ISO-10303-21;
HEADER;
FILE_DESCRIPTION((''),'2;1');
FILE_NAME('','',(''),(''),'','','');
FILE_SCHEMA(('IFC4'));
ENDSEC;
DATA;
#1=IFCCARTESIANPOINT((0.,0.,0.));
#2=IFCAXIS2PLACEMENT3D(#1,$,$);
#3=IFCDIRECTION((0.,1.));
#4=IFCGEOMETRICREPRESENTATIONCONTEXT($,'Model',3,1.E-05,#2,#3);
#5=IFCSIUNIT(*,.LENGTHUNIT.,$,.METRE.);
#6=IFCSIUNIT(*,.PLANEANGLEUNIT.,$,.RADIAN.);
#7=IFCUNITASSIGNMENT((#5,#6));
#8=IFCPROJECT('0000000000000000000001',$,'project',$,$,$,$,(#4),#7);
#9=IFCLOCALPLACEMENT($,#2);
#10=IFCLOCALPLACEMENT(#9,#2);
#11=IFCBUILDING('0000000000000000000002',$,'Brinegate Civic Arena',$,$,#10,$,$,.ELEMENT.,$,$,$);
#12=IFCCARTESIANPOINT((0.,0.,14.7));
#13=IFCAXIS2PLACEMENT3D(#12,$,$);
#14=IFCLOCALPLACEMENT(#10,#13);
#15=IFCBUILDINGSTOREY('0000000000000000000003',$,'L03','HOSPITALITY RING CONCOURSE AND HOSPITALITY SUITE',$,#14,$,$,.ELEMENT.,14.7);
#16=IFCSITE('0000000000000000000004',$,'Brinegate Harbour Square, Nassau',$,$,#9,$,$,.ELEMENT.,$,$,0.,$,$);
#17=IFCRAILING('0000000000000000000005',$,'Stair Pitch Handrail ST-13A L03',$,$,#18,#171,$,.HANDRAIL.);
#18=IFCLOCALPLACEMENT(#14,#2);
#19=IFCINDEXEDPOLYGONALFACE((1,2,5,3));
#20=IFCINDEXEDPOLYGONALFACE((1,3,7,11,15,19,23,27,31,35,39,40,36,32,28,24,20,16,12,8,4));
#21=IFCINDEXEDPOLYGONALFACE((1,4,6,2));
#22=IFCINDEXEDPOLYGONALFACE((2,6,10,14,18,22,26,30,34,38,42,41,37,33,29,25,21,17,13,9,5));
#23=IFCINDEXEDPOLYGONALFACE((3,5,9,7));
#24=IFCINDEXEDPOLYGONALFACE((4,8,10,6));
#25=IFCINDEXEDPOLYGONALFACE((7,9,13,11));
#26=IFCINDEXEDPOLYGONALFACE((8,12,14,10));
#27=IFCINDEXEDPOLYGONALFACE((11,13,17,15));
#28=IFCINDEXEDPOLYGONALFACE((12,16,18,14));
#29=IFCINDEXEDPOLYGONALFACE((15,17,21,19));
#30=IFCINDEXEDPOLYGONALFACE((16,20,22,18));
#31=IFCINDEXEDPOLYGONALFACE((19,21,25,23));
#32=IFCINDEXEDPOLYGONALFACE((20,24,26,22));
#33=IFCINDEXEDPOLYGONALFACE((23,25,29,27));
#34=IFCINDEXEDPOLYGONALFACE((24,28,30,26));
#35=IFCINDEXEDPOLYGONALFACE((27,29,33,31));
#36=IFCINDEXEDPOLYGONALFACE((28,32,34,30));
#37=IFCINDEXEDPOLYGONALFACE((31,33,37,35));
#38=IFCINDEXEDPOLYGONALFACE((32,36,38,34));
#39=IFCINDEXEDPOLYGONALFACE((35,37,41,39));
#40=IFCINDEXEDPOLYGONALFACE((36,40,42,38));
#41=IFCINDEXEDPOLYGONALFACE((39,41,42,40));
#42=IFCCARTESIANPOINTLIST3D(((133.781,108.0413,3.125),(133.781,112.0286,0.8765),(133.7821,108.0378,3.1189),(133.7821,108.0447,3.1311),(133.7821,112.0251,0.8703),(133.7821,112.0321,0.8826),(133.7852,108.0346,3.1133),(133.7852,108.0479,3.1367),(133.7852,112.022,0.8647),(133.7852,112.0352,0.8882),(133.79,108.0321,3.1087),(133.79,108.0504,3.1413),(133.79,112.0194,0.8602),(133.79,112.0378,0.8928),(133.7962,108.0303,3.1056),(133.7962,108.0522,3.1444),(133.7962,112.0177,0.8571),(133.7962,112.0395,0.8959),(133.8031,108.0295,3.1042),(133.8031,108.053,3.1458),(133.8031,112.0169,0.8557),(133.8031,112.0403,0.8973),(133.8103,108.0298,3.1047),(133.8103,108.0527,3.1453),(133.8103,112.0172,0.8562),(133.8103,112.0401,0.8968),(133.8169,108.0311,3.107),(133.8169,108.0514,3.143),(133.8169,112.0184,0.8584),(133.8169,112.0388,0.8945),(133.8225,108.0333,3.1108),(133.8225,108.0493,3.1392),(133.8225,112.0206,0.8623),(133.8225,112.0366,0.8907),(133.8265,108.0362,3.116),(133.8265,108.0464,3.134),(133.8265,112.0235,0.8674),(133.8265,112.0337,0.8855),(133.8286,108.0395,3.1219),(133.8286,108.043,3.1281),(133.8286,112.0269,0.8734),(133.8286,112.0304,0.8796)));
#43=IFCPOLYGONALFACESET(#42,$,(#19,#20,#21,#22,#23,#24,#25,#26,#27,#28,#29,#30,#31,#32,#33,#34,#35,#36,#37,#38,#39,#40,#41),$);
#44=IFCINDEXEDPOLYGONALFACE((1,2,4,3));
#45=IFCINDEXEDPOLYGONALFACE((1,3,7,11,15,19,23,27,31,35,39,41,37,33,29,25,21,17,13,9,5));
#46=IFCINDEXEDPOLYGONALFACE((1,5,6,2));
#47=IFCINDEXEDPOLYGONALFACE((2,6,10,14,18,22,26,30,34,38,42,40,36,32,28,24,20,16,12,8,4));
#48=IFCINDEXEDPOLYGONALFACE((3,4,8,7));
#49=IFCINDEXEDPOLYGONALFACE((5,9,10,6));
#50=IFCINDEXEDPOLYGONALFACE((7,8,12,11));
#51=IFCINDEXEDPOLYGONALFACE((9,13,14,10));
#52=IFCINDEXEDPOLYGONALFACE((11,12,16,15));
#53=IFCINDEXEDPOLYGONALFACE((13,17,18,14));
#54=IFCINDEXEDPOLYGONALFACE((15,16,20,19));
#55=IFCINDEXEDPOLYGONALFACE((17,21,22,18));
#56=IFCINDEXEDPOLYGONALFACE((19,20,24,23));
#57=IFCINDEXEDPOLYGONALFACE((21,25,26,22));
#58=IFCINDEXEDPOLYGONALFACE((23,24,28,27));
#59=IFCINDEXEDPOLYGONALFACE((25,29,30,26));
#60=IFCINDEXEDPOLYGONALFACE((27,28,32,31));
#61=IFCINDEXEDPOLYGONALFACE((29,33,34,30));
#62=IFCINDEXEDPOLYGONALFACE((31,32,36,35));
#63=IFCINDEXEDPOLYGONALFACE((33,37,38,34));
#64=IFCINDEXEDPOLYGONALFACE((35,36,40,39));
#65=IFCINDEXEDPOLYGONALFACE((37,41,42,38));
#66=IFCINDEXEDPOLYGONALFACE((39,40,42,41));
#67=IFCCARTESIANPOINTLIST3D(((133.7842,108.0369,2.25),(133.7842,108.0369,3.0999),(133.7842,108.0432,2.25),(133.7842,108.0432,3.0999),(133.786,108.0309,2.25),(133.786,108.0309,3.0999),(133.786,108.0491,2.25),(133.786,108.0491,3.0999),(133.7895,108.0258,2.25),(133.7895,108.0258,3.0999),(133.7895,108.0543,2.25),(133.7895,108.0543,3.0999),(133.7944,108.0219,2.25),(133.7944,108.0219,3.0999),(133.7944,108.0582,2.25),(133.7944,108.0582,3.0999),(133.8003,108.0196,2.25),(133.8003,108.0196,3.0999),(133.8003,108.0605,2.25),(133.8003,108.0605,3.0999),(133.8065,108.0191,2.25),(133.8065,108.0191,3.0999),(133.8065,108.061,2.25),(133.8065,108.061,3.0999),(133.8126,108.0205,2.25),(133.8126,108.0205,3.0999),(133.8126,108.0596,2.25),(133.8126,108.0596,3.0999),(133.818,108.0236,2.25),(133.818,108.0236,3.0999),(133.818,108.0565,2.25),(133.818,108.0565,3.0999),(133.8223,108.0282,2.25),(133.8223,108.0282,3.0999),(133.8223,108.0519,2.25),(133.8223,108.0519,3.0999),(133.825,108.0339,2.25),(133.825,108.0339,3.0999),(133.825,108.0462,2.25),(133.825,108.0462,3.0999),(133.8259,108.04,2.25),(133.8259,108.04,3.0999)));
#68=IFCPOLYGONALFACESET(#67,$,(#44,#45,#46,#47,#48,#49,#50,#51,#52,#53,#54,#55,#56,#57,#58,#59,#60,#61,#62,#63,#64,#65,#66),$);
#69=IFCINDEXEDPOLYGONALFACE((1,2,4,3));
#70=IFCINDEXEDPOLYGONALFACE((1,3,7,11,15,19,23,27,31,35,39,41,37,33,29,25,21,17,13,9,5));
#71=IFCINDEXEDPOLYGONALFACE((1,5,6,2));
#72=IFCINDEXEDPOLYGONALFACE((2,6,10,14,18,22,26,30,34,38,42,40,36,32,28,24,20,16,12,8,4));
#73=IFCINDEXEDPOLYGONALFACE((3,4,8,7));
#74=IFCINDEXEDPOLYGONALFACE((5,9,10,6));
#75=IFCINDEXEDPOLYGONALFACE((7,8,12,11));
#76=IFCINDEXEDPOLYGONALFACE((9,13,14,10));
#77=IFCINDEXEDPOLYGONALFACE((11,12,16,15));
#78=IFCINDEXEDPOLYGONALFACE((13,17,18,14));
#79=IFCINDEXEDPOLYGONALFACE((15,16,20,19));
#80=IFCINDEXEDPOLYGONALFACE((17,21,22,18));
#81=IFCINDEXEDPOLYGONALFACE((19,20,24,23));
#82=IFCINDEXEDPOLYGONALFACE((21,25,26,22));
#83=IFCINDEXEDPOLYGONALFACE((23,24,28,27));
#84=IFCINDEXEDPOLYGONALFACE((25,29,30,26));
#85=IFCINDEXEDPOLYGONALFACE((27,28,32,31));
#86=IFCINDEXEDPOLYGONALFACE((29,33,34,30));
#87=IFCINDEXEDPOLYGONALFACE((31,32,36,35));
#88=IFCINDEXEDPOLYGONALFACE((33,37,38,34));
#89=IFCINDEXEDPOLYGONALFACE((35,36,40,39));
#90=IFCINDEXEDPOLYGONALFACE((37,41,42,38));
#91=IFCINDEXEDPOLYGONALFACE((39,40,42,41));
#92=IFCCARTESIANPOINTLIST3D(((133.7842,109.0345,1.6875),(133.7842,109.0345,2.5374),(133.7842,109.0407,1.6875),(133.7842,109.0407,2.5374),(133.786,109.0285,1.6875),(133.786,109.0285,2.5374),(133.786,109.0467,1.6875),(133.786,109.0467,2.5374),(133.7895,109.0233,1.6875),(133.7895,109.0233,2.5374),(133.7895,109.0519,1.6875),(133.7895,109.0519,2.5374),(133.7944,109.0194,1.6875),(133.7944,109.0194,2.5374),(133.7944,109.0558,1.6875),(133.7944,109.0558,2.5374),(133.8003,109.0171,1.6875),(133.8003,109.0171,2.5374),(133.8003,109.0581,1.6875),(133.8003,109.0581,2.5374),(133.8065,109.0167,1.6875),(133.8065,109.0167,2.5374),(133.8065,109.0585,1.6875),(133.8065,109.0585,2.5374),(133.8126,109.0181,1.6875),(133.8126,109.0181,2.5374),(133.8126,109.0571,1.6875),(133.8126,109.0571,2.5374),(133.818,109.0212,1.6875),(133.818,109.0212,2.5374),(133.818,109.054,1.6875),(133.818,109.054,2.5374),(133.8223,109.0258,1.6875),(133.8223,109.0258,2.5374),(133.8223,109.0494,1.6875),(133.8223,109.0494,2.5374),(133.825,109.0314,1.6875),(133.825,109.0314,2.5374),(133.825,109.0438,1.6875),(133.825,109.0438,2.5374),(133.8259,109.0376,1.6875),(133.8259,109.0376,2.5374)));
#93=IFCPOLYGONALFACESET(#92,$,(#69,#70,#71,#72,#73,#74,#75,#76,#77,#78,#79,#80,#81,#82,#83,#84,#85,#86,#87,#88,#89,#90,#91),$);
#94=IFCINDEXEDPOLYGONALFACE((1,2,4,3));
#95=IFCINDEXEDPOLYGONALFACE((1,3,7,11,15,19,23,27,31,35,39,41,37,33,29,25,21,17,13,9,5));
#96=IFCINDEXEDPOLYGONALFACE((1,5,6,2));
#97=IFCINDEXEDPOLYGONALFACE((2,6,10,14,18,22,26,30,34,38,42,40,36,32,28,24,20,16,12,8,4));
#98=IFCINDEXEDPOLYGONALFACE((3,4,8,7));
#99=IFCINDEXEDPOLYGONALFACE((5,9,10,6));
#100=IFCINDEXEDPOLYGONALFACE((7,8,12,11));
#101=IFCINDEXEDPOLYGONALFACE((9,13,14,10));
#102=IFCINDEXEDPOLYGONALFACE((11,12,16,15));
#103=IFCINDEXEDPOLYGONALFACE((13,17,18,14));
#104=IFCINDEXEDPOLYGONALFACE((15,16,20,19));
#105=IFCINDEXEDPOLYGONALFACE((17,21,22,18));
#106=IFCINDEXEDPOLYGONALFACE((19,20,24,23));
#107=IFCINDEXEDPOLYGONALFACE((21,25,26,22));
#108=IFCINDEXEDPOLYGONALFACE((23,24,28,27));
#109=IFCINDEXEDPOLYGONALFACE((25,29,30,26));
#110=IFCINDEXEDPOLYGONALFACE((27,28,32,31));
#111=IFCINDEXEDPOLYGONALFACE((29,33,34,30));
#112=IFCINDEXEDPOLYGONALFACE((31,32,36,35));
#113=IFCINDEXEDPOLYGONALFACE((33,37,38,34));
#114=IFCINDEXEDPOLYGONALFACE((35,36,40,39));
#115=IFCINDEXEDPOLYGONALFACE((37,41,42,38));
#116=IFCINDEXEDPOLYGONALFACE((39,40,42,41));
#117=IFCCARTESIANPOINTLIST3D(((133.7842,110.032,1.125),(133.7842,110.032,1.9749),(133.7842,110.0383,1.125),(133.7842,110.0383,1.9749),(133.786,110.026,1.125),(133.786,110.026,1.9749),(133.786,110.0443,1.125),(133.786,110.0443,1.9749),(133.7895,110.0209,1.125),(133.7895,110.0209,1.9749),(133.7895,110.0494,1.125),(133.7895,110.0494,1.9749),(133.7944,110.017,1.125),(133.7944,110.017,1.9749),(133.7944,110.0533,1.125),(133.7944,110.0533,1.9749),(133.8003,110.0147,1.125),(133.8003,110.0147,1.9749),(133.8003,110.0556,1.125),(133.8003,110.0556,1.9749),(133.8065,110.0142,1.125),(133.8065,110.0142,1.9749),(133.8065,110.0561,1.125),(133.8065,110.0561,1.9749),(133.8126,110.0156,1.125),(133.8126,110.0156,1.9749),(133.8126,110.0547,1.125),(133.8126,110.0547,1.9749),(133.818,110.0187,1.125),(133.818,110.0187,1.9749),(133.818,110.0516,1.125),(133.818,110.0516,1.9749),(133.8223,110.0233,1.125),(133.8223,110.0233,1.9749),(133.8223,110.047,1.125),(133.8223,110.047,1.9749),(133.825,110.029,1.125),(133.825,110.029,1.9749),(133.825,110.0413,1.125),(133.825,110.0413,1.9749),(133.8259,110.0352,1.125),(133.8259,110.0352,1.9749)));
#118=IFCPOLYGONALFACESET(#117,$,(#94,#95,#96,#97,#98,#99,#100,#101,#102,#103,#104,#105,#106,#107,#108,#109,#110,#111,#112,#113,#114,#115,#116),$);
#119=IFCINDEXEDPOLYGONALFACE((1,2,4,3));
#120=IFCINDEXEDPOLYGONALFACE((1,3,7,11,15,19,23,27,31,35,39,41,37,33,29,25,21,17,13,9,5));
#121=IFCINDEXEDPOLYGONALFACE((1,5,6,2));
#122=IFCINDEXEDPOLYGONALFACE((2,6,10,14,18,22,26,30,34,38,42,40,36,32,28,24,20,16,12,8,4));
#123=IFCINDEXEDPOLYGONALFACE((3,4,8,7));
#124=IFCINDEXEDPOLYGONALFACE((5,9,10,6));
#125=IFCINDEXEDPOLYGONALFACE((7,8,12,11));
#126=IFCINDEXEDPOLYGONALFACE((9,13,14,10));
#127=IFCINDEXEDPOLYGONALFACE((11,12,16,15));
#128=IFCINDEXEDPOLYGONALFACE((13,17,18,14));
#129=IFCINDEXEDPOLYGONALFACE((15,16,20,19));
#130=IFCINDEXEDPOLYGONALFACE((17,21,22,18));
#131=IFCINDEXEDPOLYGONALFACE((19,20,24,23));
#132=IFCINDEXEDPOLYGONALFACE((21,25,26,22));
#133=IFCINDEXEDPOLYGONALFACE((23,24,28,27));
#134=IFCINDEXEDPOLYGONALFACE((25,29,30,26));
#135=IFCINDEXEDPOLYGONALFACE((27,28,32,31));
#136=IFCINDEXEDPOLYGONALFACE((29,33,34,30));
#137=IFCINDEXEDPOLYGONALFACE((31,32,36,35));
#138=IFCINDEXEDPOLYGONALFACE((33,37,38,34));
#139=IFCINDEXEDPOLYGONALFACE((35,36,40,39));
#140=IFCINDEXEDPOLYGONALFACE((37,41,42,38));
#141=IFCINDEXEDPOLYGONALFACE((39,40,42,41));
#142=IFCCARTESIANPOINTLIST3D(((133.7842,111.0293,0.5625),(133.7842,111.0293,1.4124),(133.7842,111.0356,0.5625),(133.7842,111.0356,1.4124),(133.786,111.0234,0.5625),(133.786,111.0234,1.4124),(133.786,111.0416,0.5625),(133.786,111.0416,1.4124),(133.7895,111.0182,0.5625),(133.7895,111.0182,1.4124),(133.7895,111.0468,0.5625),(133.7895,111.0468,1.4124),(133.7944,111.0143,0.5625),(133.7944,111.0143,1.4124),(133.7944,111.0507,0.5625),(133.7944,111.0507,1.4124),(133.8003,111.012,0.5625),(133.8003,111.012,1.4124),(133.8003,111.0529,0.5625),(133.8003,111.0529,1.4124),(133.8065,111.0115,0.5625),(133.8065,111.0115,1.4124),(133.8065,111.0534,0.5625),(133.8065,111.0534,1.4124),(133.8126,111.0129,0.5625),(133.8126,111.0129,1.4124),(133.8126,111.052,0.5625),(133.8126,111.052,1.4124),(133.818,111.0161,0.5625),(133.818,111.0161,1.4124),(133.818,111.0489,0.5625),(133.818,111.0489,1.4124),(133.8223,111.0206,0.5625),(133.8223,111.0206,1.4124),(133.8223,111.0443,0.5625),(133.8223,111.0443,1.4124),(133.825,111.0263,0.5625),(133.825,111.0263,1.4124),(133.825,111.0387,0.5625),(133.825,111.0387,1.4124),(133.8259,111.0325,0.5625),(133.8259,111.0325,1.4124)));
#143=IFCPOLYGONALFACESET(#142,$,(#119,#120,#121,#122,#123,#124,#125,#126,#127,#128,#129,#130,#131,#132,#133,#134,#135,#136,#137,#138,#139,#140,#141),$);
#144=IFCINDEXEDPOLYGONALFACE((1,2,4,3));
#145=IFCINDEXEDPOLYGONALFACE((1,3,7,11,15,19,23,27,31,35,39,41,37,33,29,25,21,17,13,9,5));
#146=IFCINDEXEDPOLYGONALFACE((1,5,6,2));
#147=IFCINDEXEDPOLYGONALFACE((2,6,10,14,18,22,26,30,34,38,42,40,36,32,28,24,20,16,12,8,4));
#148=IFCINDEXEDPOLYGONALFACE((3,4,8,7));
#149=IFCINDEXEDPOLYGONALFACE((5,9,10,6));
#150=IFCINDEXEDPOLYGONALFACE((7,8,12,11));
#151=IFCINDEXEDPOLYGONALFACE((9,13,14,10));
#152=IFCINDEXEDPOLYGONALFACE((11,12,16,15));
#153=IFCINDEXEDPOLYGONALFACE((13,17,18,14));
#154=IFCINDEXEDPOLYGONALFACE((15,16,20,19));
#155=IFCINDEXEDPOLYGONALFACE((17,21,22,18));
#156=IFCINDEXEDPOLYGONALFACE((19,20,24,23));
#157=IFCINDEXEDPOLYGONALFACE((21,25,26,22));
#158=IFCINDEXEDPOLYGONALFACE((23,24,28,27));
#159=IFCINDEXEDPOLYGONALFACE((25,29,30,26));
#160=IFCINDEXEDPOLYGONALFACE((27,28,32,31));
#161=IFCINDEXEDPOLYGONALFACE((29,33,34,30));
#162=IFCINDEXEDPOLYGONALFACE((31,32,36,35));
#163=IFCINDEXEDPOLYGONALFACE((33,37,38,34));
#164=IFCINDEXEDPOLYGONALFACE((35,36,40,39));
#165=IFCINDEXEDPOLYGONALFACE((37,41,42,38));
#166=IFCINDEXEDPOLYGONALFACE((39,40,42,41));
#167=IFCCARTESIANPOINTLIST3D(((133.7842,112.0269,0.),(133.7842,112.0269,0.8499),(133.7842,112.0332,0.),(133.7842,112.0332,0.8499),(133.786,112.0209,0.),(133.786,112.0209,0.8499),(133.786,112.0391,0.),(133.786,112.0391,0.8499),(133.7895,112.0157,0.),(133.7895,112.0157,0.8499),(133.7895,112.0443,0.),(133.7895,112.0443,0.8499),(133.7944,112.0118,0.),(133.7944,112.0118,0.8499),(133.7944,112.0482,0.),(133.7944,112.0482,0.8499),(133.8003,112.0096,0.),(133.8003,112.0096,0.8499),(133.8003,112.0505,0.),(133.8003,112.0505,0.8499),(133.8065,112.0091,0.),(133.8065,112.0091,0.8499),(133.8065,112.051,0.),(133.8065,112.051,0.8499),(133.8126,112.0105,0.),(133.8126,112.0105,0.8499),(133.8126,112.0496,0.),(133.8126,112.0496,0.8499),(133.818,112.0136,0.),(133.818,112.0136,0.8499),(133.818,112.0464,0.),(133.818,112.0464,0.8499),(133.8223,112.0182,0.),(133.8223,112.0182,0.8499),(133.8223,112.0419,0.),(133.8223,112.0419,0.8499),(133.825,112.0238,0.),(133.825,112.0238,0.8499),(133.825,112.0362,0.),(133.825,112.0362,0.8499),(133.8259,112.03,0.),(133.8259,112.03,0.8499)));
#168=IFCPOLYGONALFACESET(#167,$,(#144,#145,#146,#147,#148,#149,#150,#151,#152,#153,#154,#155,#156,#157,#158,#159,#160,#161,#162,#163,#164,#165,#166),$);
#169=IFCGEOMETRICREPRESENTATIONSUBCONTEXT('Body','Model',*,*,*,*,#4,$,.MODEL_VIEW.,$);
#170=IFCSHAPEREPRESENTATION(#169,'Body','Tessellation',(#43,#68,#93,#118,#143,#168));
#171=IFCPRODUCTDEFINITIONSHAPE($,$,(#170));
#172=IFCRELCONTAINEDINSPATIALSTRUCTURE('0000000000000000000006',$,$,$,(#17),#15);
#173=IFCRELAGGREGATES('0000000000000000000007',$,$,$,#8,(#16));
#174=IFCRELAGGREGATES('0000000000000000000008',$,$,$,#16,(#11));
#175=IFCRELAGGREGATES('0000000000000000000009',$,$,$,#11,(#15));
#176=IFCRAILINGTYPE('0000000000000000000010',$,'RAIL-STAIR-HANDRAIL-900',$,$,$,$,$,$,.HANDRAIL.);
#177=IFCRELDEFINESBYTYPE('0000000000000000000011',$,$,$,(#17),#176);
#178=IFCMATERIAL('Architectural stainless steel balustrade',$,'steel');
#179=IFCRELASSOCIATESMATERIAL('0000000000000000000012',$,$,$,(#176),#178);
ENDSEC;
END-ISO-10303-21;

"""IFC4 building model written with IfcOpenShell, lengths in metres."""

from ifc_helpers import new_model, si_unit, direction, frame, origin, origin_2d, place, context, subcontext, project, spatial, circle, extrude, material, type_object, element, save


model = new_model("IFC4")

# Units and contexts
model_context = context("Model", 3, precision=1e-05, world=origin(), true_north=direction((0.0, 1.0)))
body_context = subcontext(model_context, "Body", "Model", "MODEL_VIEW")
ifc_project = project(units=[si_unit("LENGTHUNIT", "METRE"), si_unit("PLANEANGLEUNIT", "RADIAN")], contexts=[model_context])

# Site, building, storey
site_placement = place(None, origin())
site = spatial("IfcSite", under=ifc_project, at=site_placement, Name="Brinegate Harbour Square, Nassau", CompositionType="ELEMENT", RefElevation=0.0)
building_placement = place(site_placement, origin())
building = spatial("IfcBuilding", under=site, at=building_placement, Name="Brinegate Civic Arena", CompositionType="ELEMENT")
storey_placement = place(building_placement, frame((0.0, 0.0, 14.7)))
storey = spatial("IfcBuildingStorey", under=building, at=storey_placement, Name="L03", Description="HOSPITALITY RING CONCOURSE AND HOSPITALITY SUITE", CompositionType="ELEMENT", Elevation=14.7)

# Railing
ifc_material_1 = material(Name="Architectural stainless steel balustrade", Category="steel")
railing_type_1 = type_object("IfcRailingType", Name="RAIL-STAIR-HANDRAIL-900", PredefinedType="HANDRAIL", material=ifc_material_1)
railing_1_placement = place(storey_placement, frame((133.8049, 108.04, 2.25)))
element("IfcRailing", 1, at=railing_1_placement, inside=storey, type_object=railing_type_1, Name="Stair Pitch Handrail ST-13A L03", PredefinedType="HANDRAIL", context=body_context, shape_type="SweptSolid", body=[
    extrude(circle(Radius=0.0239, at=origin_2d()), frame((0.0, 0.0012, 0.875), z_axis=(0.0, 0.87105, -0.491195), x_axis=(-1.0, 0.0, 0.0)), (0.0, 0.0, 1.0), 4.5776),
    extrude(circle(Radius=0.021, at=origin_2d()), origin(), (0.0, 0.0, 1.0), 0.8499),
    extrude(circle(Radius=0.021, at=origin_2d()), frame((0.0, 0.9976, -0.5625)), (0.0, 0.0, 1.0), 0.8499),
    extrude(circle(Radius=0.021, at=origin_2d()), frame((0.0, 1.9951, -1.125)), (0.0, 0.0, 1.0), 0.8499),
    extrude(circle(Radius=0.021, at=origin_2d()), frame((0.0, 2.9924, -1.6875)), (0.0, 0.0, 1.0), 0.8499),
    extrude(circle(Radius=0.021, at=origin_2d()), frame((0.0, 3.99, -2.25)), (0.0, 0.0, 1.0), 0.8499),
])

save(model, "model.ifc")
